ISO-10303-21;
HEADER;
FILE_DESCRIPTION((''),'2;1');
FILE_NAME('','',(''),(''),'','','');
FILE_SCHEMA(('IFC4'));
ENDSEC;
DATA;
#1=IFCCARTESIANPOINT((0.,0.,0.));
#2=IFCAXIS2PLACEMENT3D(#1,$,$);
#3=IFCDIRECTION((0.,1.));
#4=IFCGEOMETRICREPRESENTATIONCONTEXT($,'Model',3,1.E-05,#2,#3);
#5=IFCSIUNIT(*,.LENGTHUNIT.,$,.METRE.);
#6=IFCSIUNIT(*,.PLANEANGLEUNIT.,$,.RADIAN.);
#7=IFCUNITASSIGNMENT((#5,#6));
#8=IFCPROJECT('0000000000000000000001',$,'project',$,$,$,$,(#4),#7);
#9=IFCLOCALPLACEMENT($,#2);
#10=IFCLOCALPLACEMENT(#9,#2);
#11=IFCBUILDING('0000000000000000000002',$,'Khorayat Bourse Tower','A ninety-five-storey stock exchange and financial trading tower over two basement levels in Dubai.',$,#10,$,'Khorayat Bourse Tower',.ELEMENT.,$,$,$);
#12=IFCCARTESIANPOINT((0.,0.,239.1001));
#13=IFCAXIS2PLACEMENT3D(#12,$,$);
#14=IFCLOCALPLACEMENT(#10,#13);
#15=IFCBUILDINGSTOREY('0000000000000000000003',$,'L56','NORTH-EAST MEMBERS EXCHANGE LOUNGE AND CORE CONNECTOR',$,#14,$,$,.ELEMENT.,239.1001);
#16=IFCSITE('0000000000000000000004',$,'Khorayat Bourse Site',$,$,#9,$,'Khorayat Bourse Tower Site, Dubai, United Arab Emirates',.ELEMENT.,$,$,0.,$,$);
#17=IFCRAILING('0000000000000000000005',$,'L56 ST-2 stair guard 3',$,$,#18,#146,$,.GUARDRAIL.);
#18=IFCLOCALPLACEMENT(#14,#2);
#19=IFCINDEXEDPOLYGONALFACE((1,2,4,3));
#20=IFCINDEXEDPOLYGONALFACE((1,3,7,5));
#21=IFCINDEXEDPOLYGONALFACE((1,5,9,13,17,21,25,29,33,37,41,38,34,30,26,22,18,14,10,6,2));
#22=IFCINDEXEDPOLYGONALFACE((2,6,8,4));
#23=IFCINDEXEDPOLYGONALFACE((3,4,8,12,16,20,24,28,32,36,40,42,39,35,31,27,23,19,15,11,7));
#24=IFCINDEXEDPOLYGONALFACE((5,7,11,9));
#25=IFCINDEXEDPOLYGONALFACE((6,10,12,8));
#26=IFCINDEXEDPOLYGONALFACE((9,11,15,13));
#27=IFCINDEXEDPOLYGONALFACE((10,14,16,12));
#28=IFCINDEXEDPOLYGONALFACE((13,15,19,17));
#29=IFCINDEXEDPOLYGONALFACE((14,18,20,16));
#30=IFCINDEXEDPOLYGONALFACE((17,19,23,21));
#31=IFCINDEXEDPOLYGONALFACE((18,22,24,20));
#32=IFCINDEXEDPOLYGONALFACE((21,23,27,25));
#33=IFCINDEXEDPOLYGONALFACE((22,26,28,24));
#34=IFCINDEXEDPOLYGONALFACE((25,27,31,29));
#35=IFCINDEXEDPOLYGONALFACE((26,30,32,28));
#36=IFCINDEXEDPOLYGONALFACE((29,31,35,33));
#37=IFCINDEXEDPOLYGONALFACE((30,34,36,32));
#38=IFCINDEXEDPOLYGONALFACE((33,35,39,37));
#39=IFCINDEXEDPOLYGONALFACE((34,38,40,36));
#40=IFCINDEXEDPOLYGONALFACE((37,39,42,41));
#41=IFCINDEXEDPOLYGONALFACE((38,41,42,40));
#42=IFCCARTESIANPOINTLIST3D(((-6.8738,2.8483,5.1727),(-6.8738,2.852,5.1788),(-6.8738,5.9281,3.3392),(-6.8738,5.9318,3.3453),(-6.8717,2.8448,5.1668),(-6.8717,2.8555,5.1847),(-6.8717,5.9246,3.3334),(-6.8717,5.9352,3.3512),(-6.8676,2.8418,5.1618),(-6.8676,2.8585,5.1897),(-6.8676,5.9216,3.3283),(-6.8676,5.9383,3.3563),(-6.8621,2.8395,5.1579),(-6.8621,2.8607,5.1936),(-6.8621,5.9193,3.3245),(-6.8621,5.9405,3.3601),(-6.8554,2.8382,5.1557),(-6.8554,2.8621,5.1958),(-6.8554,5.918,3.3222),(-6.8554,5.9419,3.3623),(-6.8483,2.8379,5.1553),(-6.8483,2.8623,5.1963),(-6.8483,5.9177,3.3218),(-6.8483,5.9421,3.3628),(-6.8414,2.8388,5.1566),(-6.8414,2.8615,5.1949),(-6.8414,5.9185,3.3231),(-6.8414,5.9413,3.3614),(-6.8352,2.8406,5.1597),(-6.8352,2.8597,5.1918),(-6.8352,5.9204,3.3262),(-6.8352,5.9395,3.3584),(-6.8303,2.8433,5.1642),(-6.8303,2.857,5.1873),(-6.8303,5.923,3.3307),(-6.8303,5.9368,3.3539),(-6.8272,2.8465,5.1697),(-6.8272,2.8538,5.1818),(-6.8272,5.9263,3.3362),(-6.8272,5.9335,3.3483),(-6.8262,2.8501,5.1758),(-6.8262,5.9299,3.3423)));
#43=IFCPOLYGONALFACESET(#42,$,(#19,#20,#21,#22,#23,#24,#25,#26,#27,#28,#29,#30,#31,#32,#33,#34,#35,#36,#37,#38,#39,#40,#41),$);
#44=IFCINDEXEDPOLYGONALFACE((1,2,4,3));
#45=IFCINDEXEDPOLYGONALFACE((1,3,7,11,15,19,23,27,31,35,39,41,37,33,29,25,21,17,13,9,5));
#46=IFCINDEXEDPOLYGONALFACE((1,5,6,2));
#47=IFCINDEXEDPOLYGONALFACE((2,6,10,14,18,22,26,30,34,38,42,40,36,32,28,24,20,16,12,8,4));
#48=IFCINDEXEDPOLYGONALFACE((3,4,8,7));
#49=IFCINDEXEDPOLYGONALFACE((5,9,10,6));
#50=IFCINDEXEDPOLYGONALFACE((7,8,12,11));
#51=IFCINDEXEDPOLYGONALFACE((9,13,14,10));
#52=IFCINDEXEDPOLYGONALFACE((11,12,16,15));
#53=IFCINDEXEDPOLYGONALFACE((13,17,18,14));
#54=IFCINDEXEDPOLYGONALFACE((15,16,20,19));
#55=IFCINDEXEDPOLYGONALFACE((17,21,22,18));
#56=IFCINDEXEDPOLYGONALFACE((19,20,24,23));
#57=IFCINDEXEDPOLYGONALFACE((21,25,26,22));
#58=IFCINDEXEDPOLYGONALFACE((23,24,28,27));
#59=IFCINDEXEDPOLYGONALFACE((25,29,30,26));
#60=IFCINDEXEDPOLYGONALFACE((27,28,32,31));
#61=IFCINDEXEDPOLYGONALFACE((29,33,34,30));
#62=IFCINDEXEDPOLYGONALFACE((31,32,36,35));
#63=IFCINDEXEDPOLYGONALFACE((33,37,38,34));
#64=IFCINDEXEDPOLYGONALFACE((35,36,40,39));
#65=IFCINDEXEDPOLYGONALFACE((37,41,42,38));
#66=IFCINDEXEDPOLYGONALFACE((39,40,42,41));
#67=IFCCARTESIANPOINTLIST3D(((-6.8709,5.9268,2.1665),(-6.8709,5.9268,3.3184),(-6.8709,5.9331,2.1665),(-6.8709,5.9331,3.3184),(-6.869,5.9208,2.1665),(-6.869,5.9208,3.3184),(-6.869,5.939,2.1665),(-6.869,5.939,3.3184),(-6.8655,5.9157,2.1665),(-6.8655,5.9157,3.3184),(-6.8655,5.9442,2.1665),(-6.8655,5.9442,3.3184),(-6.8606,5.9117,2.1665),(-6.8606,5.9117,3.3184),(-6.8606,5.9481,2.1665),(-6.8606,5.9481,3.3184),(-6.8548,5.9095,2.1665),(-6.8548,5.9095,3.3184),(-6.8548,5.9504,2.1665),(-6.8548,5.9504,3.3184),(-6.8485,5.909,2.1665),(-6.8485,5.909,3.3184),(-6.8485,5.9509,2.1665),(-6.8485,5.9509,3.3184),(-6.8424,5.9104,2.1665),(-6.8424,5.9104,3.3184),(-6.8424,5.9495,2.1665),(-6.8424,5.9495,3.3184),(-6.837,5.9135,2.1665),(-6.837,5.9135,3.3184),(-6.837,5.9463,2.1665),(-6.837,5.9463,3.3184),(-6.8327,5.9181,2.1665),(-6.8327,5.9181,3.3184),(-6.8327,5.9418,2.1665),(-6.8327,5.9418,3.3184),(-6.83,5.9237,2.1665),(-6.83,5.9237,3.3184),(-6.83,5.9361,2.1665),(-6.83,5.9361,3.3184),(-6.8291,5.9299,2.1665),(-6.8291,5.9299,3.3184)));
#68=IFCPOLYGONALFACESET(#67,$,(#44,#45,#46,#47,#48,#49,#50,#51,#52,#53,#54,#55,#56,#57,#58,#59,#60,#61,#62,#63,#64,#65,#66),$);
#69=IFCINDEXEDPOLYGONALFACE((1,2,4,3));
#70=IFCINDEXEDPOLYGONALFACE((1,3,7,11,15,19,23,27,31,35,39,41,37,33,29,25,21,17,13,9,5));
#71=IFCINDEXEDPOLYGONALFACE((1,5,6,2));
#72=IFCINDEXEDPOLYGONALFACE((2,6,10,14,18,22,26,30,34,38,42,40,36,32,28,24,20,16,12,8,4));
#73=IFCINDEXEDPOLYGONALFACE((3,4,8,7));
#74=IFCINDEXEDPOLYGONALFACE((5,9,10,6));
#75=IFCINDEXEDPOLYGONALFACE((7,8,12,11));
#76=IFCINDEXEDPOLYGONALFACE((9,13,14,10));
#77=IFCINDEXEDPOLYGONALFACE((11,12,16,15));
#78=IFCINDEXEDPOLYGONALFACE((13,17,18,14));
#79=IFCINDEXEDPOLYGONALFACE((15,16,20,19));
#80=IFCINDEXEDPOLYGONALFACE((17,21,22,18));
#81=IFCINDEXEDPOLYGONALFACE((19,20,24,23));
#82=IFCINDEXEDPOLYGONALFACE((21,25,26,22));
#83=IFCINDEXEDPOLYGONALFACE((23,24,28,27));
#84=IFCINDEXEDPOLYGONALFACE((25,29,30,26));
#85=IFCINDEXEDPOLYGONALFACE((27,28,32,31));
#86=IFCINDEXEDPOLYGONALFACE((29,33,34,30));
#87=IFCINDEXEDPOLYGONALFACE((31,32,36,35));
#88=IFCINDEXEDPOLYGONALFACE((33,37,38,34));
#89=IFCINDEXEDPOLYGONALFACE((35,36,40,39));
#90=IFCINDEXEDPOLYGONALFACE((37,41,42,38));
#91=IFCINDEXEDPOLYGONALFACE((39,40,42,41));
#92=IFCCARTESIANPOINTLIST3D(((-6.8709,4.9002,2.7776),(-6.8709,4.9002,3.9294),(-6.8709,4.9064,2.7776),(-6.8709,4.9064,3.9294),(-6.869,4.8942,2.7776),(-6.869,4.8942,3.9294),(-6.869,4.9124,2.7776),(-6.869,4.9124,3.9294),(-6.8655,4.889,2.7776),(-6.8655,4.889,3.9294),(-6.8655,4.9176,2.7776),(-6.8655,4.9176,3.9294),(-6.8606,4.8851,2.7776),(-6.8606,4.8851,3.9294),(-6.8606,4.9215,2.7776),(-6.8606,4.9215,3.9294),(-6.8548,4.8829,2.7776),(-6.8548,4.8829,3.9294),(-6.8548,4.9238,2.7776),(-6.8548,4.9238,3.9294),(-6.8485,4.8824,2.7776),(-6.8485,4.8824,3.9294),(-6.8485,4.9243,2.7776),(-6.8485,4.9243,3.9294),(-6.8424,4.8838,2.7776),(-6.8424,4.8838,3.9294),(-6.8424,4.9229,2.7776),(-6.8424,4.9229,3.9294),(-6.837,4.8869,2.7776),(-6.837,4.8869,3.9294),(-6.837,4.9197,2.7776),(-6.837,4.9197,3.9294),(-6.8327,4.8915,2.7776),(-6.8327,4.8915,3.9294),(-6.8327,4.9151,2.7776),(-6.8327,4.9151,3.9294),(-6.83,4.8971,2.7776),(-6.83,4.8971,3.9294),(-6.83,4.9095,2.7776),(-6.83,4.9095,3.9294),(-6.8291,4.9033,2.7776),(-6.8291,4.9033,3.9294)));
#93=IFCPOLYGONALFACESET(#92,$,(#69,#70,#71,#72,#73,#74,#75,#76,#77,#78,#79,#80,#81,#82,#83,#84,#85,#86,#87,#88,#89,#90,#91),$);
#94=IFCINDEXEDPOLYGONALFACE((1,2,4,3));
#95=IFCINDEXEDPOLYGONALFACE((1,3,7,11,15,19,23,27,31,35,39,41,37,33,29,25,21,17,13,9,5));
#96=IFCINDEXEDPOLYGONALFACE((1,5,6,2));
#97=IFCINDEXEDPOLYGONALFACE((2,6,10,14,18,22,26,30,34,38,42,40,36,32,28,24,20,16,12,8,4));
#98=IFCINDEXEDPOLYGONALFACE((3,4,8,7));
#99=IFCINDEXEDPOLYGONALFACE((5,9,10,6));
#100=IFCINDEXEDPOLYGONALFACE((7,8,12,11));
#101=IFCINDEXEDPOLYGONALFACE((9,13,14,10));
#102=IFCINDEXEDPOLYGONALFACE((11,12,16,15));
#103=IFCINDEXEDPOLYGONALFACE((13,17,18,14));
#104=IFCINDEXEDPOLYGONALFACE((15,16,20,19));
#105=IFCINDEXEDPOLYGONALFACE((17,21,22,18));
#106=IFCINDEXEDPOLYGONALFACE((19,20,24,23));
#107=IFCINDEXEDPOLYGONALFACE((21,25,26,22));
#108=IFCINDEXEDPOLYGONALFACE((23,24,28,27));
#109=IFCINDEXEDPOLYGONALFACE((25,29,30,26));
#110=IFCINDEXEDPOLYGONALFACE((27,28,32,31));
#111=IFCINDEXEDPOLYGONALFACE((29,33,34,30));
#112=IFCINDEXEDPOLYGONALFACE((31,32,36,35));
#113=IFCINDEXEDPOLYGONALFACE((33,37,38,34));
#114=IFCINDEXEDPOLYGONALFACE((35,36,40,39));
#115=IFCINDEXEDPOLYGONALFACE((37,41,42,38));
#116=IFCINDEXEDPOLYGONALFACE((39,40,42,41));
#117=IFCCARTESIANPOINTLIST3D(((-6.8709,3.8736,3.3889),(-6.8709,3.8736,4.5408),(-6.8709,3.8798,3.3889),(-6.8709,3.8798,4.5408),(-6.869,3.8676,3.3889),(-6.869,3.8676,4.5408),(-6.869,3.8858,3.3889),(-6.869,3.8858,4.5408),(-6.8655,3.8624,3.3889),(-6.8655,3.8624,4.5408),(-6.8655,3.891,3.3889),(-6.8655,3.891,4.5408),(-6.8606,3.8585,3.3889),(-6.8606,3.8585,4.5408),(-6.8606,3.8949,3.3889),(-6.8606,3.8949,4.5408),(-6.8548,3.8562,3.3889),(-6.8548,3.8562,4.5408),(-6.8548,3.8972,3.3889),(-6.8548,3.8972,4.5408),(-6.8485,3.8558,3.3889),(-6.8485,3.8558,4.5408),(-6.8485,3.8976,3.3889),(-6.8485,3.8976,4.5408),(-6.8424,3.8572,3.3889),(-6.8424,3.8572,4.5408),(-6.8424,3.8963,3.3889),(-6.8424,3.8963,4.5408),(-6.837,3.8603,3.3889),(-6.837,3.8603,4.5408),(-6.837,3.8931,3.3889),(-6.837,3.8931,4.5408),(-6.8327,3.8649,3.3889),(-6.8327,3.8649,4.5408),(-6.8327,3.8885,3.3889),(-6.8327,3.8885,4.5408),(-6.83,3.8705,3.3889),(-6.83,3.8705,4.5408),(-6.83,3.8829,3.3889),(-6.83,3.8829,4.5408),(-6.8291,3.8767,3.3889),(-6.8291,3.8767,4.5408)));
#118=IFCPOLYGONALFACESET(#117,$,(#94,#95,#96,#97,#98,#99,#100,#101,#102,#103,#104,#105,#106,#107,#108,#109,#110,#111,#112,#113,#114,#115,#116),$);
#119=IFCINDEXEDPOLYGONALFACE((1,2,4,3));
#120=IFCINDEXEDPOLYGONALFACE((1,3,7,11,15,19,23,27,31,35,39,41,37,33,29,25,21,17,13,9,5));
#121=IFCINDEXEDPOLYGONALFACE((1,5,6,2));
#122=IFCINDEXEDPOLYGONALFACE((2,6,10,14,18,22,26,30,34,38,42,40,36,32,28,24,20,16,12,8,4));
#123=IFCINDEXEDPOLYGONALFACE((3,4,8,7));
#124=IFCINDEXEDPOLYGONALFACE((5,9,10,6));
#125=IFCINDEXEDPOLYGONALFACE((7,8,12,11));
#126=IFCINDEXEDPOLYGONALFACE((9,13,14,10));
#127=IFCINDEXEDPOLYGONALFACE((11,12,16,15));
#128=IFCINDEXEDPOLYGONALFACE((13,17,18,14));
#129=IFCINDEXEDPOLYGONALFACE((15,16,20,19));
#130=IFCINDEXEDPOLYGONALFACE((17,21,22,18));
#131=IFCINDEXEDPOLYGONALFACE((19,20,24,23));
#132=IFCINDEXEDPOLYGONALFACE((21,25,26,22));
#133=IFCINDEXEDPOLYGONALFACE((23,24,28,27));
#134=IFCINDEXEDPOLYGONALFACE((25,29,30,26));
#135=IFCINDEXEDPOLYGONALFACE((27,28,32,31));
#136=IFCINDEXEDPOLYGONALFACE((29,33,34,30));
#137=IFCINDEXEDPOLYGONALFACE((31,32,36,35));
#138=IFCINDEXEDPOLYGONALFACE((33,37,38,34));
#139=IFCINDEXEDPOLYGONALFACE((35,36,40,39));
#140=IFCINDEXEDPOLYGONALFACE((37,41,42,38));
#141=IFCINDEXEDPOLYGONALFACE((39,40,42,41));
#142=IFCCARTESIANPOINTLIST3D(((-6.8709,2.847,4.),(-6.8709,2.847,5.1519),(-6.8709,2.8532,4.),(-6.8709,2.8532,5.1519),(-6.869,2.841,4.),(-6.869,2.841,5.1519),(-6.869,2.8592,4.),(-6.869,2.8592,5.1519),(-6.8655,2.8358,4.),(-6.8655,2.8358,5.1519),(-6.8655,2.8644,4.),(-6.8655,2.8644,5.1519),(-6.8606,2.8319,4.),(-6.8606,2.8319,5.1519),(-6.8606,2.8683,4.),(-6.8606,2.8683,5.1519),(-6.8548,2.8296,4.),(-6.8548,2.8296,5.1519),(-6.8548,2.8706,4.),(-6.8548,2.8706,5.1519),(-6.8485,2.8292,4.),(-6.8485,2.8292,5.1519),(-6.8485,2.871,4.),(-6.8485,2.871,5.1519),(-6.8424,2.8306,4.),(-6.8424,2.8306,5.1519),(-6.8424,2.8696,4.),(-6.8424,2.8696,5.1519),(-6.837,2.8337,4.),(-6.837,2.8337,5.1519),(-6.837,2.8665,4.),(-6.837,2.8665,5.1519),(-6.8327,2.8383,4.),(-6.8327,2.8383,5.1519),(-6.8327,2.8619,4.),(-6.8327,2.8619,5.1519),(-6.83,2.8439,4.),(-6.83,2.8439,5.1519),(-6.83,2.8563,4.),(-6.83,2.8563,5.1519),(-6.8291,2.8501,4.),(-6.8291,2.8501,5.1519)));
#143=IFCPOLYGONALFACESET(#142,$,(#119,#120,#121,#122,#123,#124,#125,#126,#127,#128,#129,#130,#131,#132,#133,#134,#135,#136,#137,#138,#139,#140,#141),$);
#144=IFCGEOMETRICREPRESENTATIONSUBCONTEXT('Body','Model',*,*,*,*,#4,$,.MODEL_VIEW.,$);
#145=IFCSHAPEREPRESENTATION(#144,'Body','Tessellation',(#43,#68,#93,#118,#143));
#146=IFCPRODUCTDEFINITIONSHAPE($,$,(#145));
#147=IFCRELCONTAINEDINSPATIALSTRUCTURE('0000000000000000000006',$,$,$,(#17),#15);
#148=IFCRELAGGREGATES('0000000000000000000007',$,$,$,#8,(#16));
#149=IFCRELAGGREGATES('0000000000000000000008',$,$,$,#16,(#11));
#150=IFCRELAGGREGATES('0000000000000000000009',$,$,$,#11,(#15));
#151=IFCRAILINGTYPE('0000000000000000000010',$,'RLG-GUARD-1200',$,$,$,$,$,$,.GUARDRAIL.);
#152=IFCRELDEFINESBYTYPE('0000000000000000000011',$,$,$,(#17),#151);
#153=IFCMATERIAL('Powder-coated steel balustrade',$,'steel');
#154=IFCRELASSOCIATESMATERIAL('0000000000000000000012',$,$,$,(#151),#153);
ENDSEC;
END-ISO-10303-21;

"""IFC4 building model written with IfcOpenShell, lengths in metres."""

from ifc_helpers import new_model, si_unit, direction, frame, origin, origin_2d, place, context, subcontext, project, spatial, circle, extrude, source, transform, mapped, material, type_object, element, save


model = new_model("IFC4")

# Units and contexts
model_context = context("Model", 3, precision=1e-05, world=origin(), true_north=direction((0.0, 1.0)))
body_context = subcontext(model_context, "Body", "Model", "MODEL_VIEW")
ifc_project = project(units=[si_unit("LENGTHUNIT", "METRE"), si_unit("PLANEANGLEUNIT", "RADIAN")], contexts=[model_context])

# Site, building, storey
site_placement = place(None, origin())
site = spatial("IfcSite", under=ifc_project, at=site_placement, Name="Khorayat Bourse Site", LongName="Khorayat Bourse Tower Site, Dubai, United Arab Emirates", CompositionType="ELEMENT", RefElevation=0.0)
building_placement = place(site_placement, origin())
building = spatial("IfcBuilding", under=site, at=building_placement, Name="Khorayat Bourse Tower", Description="A ninety-five-storey stock exchange and financial trading tower over two basement levels in Dubai.", LongName="Khorayat Bourse Tower", CompositionType="ELEMENT")
storey_placement = place(building_placement, frame((0.0, 0.0, 239.1001)))
storey = spatial("IfcBuildingStorey", under=building, at=storey_placement, Name="L56", Description="NORTH-EAST MEMBERS EXCHANGE LOUNGE AND CORE CONNECTOR", CompositionType="ELEMENT", Elevation=239.1001)

# Railing
ifc_material_1 = material(Name="Powder-coated steel balustrade", Category="steel")
railing_type_1 = type_object("IfcRailingType", Name="RLG-GUARD-1200", PredefinedType="GUARDRAIL", material=ifc_material_1)
shared_shape_1 = source(origin(), body_context, "Body", "SweptSolid", [
    extrude(circle(Radius=0.0239, at=origin_2d()), frame((0.0, 0.0, 1.1758), z_axis=(0.0, -0.859261, 0.511538), x_axis=(1.0, 0.0, 0.0)), (0.0, 0.0, 1.0), 3.5842),
    extrude(circle(Radius=0.021, at=origin_2d()), origin(), (0.0, 0.0, 1.0), 1.1519),
    extrude(circle(Radius=0.021, at=origin_2d()), frame((0.0, -1.0266, 0.6111)), (0.0, 0.0, 1.0), 1.1519),
    extrude(circle(Radius=0.021, at=origin_2d()), frame((0.0, -2.0532, 1.2224)), (0.0, 0.0, 1.0), 1.1519),
    extrude(circle(Radius=0.021, at=origin_2d()), frame((0.0, -3.0798, 1.8335)), (0.0, 0.0, 1.0), 1.1519),
])
railing_1_placement = place(storey_placement, frame((-6.8501, 5.9299, 2.1665)))
element("IfcRailing", 1, at=railing_1_placement, inside=storey, type_object=railing_type_1, Name="L56 ST-2 stair guard 3", PredefinedType="GUARDRAIL", context=body_context, shape_type="MappedRepresentation", body=[
    mapped(shared_shape_1, transform((0.0, 0.0, 0.0), scale=1.0)),
])

save(model, "model.ifc")
